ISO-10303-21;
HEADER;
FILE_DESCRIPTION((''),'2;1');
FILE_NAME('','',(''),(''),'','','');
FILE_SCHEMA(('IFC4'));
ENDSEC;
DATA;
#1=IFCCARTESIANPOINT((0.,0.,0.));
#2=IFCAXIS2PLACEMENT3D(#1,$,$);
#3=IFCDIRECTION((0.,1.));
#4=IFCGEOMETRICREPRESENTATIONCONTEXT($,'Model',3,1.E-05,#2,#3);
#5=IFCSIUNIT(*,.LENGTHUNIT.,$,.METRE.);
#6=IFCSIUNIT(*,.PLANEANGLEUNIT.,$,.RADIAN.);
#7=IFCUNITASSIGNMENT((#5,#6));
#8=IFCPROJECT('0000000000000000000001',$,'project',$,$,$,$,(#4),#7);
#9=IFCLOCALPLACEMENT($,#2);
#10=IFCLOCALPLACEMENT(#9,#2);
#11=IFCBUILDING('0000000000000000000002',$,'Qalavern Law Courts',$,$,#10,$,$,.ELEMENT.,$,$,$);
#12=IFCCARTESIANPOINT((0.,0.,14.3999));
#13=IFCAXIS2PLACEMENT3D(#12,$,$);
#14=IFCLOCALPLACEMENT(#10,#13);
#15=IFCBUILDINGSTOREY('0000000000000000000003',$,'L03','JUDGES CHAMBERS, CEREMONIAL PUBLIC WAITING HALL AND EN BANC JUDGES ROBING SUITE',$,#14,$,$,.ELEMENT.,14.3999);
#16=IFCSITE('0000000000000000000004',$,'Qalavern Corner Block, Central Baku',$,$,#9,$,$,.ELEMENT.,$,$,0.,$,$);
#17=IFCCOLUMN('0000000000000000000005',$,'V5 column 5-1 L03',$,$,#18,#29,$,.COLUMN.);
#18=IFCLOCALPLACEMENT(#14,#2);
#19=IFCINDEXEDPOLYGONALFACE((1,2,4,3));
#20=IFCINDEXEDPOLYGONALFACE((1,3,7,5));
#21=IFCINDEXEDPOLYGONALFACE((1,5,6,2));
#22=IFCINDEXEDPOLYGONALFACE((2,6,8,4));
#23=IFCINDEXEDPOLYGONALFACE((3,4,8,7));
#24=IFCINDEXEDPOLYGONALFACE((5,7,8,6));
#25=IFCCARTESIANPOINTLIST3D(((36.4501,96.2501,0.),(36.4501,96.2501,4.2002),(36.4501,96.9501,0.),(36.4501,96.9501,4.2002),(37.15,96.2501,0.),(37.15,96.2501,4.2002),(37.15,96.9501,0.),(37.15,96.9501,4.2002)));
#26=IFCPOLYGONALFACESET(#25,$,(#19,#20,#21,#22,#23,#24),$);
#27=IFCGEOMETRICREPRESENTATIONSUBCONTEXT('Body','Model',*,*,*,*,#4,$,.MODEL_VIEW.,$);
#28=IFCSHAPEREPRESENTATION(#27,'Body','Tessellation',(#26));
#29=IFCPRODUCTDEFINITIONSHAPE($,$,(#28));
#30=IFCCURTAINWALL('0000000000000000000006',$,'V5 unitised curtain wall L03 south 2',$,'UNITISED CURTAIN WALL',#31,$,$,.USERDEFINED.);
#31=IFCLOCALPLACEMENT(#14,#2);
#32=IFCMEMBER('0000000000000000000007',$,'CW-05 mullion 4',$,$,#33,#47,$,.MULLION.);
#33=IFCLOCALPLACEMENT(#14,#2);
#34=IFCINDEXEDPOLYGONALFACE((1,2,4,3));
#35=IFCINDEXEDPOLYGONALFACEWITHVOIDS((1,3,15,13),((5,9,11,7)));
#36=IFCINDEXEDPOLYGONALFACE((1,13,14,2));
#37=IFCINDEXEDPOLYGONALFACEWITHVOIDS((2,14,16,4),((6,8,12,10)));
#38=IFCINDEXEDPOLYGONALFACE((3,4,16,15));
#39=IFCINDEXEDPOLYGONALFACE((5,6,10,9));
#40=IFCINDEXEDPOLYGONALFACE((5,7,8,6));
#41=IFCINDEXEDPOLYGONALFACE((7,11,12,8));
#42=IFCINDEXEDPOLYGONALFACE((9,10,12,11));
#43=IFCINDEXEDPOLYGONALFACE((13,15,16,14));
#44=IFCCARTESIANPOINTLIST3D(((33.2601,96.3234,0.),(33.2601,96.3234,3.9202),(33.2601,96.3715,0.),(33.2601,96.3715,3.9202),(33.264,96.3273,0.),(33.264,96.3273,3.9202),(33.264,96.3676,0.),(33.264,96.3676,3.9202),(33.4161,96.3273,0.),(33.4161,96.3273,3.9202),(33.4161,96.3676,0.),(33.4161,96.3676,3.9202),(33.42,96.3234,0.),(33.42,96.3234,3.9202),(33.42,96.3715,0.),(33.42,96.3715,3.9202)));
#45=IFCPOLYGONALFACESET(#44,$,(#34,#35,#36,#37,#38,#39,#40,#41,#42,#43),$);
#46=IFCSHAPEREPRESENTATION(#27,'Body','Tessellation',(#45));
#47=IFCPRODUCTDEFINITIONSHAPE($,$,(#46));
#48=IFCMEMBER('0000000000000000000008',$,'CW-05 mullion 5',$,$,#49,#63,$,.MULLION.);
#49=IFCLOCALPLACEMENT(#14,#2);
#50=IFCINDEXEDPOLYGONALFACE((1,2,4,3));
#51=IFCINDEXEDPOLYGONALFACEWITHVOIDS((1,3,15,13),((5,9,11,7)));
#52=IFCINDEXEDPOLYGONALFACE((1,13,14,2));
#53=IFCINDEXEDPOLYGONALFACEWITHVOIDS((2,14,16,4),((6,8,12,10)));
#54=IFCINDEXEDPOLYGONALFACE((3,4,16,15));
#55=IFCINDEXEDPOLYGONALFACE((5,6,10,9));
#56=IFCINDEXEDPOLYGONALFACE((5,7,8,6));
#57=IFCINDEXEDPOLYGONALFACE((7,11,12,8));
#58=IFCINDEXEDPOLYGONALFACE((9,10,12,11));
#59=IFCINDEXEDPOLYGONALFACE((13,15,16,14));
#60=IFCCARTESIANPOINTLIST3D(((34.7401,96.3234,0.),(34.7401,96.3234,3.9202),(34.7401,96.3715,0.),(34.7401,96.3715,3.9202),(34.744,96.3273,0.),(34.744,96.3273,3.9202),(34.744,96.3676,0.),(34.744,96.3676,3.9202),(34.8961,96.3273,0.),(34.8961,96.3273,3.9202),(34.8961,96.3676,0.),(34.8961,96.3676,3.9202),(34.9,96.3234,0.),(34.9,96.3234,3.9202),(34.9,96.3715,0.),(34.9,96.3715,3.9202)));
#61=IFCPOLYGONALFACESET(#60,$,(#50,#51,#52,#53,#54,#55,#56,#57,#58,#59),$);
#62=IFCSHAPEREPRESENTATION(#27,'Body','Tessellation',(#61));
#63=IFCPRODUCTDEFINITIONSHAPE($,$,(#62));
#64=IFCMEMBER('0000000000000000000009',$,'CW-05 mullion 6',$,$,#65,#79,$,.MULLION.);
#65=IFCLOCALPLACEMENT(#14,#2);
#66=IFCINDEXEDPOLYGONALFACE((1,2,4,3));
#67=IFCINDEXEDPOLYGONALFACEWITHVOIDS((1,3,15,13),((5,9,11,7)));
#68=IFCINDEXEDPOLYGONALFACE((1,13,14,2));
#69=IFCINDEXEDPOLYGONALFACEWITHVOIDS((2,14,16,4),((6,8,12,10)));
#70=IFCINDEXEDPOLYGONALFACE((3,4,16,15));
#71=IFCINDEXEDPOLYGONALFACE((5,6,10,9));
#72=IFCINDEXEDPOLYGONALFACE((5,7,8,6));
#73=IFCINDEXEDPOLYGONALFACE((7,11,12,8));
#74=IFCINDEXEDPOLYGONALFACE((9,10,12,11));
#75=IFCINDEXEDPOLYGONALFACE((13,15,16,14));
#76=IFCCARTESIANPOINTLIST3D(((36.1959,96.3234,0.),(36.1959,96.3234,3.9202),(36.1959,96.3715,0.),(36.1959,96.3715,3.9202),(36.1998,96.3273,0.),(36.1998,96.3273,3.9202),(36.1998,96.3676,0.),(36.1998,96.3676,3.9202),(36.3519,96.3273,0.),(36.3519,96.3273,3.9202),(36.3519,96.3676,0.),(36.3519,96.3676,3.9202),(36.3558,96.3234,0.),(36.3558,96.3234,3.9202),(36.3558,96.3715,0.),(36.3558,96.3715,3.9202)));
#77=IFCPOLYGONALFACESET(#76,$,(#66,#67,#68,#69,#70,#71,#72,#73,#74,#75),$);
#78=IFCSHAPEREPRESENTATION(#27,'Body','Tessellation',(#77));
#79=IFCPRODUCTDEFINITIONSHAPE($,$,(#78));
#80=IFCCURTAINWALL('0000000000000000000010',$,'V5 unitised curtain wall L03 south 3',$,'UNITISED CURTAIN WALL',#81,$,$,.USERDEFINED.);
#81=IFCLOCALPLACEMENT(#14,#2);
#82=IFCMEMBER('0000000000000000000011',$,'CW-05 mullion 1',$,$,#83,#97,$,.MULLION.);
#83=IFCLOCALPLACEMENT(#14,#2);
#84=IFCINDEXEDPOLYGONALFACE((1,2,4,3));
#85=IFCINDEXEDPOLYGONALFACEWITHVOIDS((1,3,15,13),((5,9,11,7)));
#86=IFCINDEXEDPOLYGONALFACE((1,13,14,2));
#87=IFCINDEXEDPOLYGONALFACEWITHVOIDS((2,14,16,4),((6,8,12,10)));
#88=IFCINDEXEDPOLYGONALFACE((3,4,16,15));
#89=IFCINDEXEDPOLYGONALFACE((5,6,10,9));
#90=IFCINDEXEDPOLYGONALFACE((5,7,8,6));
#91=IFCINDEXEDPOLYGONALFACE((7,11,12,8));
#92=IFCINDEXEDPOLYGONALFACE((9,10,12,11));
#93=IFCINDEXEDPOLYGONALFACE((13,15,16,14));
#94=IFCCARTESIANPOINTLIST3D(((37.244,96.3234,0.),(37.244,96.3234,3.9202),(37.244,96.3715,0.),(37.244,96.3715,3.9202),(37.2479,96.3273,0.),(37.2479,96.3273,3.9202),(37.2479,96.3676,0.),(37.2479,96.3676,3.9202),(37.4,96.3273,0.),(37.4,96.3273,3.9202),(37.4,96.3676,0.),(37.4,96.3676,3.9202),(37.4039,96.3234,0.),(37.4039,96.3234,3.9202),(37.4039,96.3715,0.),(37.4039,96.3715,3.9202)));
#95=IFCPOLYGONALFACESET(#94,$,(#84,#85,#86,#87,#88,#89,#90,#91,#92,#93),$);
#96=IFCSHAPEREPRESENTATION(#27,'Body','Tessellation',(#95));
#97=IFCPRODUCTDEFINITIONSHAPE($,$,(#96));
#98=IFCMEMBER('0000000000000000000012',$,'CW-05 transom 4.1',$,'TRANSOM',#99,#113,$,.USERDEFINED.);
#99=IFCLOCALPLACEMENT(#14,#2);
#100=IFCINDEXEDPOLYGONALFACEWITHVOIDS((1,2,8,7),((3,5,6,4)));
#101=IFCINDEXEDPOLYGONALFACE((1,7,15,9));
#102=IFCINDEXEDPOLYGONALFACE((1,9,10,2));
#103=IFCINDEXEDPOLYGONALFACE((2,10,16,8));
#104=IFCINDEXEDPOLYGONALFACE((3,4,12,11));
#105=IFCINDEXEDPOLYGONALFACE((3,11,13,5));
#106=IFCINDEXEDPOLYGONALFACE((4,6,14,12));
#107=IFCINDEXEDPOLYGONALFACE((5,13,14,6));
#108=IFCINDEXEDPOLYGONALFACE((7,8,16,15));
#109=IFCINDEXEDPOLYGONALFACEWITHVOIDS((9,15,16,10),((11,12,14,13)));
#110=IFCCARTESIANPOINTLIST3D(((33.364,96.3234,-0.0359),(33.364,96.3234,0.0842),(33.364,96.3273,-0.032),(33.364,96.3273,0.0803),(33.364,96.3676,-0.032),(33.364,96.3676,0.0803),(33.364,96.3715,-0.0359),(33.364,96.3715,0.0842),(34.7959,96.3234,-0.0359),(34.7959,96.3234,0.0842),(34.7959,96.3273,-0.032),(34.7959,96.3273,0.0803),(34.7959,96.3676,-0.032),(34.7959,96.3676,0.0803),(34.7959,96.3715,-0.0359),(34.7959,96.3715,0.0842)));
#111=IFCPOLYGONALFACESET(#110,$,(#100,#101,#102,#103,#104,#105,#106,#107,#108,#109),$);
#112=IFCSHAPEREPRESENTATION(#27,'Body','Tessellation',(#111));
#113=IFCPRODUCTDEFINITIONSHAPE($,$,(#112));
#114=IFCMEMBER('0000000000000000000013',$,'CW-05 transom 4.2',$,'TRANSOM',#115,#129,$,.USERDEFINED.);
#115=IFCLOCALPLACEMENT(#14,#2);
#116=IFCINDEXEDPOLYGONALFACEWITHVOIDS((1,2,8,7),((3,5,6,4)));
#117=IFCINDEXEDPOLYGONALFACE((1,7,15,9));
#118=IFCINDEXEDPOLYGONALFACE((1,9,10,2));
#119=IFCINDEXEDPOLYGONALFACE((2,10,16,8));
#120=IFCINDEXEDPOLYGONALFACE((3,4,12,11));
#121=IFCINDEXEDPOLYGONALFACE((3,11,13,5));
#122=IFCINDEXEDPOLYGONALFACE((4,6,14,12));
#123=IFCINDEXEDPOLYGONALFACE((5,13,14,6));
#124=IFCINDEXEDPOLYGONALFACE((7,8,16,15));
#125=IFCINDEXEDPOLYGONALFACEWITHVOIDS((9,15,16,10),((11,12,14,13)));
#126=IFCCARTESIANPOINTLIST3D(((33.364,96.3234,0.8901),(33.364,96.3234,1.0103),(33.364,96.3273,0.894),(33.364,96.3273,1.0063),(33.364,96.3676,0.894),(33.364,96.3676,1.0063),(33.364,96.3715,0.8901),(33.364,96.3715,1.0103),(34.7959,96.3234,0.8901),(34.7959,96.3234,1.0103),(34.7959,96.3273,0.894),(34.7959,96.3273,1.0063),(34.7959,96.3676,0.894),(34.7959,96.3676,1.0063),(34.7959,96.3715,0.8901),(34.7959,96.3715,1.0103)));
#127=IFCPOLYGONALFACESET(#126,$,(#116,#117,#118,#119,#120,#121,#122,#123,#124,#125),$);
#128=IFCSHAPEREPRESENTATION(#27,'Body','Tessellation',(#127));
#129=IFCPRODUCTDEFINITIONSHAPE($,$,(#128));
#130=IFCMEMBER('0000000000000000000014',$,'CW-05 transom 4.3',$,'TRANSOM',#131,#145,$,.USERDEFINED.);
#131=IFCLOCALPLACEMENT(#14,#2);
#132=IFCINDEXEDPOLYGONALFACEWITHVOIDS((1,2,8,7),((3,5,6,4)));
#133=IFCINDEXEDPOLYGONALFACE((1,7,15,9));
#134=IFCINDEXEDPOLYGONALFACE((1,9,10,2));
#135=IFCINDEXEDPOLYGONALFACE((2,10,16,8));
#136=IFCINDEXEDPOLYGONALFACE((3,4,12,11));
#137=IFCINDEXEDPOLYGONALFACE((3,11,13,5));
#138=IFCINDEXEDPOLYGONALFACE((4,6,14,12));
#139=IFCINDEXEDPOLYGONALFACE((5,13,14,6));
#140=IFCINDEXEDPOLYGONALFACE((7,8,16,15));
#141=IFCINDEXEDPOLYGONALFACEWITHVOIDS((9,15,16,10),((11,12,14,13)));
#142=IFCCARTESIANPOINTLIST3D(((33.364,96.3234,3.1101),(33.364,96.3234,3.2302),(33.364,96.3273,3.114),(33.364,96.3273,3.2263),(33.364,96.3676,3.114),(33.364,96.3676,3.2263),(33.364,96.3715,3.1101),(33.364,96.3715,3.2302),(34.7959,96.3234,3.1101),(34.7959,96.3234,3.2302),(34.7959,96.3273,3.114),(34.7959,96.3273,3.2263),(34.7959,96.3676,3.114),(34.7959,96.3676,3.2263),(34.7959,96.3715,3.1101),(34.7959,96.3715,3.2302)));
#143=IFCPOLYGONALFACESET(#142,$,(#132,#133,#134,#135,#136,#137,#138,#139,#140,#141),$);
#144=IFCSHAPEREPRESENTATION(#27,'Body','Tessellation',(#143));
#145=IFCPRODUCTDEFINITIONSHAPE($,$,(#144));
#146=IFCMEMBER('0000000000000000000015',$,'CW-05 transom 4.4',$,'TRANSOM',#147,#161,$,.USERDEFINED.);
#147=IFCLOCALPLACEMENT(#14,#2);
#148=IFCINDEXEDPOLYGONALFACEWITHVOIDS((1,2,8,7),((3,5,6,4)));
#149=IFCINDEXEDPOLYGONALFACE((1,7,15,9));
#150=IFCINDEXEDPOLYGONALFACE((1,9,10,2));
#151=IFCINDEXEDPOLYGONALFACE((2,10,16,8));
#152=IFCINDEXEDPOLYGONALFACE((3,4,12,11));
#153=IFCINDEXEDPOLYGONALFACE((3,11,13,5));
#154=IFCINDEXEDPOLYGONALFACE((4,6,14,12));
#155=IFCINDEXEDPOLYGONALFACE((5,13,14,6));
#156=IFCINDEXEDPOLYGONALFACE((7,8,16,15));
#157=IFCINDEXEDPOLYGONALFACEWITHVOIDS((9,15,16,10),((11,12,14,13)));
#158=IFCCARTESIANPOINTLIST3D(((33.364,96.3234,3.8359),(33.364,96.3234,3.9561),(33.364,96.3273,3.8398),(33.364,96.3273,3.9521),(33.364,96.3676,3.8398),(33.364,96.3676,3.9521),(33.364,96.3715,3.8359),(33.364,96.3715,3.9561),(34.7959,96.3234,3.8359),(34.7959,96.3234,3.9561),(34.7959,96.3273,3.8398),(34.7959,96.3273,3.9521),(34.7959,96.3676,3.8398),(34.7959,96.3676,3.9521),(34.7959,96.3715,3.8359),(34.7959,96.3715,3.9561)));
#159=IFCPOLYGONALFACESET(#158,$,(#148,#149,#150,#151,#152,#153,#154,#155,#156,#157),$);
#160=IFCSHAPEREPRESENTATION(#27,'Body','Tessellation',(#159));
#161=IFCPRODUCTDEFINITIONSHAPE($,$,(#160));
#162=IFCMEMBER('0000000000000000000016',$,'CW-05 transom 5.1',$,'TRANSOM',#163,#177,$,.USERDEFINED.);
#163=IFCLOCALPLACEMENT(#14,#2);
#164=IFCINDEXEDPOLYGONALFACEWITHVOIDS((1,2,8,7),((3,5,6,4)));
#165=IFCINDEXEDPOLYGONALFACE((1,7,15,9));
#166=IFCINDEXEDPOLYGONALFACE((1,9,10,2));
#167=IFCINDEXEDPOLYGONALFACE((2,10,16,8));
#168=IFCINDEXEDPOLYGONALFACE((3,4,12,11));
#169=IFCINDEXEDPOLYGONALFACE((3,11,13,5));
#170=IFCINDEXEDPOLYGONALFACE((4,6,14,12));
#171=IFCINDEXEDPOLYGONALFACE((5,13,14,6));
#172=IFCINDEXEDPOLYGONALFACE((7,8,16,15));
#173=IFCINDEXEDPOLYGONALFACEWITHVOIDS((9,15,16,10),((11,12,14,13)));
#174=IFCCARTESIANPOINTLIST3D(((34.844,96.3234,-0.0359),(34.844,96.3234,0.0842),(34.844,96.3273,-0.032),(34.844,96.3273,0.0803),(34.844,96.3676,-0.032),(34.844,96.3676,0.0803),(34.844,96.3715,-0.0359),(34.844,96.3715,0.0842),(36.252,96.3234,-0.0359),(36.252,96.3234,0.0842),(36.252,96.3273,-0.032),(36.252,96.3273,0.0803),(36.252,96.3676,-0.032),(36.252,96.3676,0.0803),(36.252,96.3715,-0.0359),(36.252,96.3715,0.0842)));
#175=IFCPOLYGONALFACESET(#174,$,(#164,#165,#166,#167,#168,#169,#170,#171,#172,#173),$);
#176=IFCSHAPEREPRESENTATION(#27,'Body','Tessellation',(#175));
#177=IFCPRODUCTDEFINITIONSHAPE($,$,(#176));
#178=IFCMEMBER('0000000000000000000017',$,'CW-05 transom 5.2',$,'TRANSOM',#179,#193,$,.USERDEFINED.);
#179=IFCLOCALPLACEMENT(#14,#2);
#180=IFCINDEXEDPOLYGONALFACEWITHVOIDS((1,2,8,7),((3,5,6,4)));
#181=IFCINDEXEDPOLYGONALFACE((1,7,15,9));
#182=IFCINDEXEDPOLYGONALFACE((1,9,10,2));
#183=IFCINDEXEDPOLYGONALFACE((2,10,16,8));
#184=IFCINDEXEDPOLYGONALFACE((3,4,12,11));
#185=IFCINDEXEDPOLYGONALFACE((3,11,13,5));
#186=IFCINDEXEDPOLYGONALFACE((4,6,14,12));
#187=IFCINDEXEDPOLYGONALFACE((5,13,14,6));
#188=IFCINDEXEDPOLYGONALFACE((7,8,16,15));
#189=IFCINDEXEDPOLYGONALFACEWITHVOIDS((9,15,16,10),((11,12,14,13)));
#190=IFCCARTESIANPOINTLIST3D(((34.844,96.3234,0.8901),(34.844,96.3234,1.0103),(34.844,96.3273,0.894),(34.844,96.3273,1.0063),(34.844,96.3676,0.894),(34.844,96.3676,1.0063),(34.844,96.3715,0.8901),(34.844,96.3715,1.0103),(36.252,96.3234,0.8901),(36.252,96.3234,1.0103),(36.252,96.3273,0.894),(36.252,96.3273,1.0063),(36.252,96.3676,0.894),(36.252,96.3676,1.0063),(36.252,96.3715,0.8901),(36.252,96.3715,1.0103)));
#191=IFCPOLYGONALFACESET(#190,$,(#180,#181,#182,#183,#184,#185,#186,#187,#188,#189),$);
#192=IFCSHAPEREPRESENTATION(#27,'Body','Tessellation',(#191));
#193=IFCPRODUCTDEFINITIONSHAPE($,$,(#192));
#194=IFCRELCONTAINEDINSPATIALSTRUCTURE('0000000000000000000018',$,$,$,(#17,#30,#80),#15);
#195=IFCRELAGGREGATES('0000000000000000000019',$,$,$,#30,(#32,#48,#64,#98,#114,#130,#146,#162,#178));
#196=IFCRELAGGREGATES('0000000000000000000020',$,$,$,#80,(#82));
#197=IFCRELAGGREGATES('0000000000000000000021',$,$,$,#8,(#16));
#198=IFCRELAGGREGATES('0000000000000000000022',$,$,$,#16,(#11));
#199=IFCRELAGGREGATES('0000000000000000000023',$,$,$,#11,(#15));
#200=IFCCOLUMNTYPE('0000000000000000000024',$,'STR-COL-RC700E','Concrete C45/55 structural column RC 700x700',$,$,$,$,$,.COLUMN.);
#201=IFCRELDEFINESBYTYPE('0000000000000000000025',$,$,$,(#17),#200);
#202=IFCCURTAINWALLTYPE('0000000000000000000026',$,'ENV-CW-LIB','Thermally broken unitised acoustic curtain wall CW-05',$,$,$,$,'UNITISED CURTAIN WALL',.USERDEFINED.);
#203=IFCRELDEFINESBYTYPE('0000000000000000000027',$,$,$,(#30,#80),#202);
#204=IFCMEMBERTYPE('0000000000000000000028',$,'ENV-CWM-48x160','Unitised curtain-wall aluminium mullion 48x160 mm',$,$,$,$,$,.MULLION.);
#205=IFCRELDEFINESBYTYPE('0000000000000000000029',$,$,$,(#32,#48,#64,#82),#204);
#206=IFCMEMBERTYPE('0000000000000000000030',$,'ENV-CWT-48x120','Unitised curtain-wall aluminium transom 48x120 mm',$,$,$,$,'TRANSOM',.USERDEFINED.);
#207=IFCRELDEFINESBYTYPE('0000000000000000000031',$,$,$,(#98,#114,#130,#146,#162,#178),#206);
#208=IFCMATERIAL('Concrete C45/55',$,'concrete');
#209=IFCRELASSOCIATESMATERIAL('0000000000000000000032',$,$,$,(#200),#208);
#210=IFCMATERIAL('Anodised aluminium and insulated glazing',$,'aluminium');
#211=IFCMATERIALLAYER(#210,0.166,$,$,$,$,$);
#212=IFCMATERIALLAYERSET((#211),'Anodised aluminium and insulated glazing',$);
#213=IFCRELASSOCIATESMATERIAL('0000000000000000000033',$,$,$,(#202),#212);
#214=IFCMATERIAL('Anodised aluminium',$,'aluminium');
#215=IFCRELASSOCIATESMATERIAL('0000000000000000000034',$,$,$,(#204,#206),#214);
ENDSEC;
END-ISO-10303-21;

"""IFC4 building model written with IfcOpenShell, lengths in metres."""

from ifc_helpers import new_model, si_unit, direction, frame, origin, origin_2d, place, context, subcontext, project, spatial, rectangle, hollow_rectangle, extrude, material, layer, layer_set, material_profile, profile_set, type_object, element, aggregate, save


model = new_model("IFC4")

# Units and contexts
model_context = context("Model", 3, precision=1e-05, world=origin(), true_north=direction((0.0, 1.0)))
body_context = subcontext(model_context, "Body", "Model", "MODEL_VIEW")
ifc_project = project(units=[si_unit("LENGTHUNIT", "METRE"), si_unit("PLANEANGLEUNIT", "RADIAN")], contexts=[model_context])

# Site, building, storey
site_placement = place(None, origin())
site = spatial("IfcSite", under=ifc_project, at=site_placement, Name="Qalavern Corner Block, Central Baku", CompositionType="ELEMENT", RefElevation=0.0)
building_placement = place(site_placement, origin())
building = spatial("IfcBuilding", under=site, at=building_placement, Name="Qalavern Law Courts", CompositionType="ELEMENT")
storey_placement = place(building_placement, frame((0.0, 0.0, 14.3999)))
storey = spatial("IfcBuildingStorey", under=building, at=storey_placement, Name="L03", Description="JUDGES CHAMBERS, CEREMONIAL PUBLIC WAITING HALL AND EN BANC JUDGES ROBING SUITE", CompositionType="ELEMENT", Elevation=14.3999)

# Column
ifc_material_1 = material(Name="Concrete C45/55", Category="concrete")
ifc_material_profile_1 = material_profile(ifc_material_1, rectangle(XDim=0.7, YDim=0.7, at=origin_2d()), Name="RC 700x700")
ifc_profile_set_1 = profile_set([ifc_material_profile_1], Name="Concrete C45/55")
column_type = type_object("IfcColumnType", Name="STR-COL-RC700E", Description="Concrete C45/55 structural column RC 700x700", PredefinedType="COLUMN", material=ifc_profile_set_1)
column_placement = place(storey_placement, frame((36.8, 96.6001, 0.0), z_axis=(0.0, 0.0, 1.0), x_axis=(1.0, 0.0, 0.0)))
element("IfcColumn", 1, at=column_placement, inside=storey, type_object=column_type, Name="V5 column 5-1 L03", PredefinedType="COLUMN", context=body_context, shape_type="SweptSolid", body=[
    extrude(rectangle(XDim=0.7, YDim=0.7, at=origin_2d()), origin(), (0.0, 0.0, 1.0), 4.2002),
])

# Curtain wall, members
ifc_material_2 = material(Name="Anodised aluminium and insulated glazing", Category="aluminium")
ifc_layer_1 = layer(ifc_material_2, 0.166)
ifc_layer_set_1 = layer_set([ifc_layer_1], Name="Anodised aluminium and insulated glazing")
curtain_wall_type = type_object("IfcCurtainWallType", Name="ENV-CW-LIB", Description="Thermally broken unitised acoustic curtain wall CW-05", ElementType="UNITISED CURTAIN WALL", PredefinedType="USERDEFINED", material=ifc_layer_set_1)
curtain_wall_1_placement = place(storey_placement, origin())
curtain_wall_1 = element("IfcCurtainWall", 2, at=curtain_wall_1_placement, inside=storey, type_object=curtain_wall_type, Name="V5 unitised curtain wall L03 south 2", ObjectType="UNITISED CURTAIN WALL", PredefinedType="USERDEFINED")
ifc_material_3 = material(Name="Anodised aluminium", Category="aluminium")
ifc_material_profile_2 = material_profile(ifc_material_3, hollow_rectangle(XDim=0.0481, YDim=0.1599, WallThickness=0.0039, at=origin_2d()), Name="ALU MULLION 48x160")
ifc_profile_set_2 = profile_set([ifc_material_profile_2], Name="Anodised aluminium")
member_type_1 = type_object("IfcMemberType", Name="ENV-CWM-48x160", Description="Unitised curtain-wall aluminium mullion 48x160 mm", PredefinedType="MULLION", material=ifc_profile_set_2)
member_1_placement = place(storey_placement, frame((33.3401, 96.3474, 0.0), z_axis=(0.0, 0.0, 1.0), x_axis=(0.0, 1.0, 0.0)))
member_1 = element("IfcMember", 3, at=member_1_placement, type_object=member_type_1, Name="CW-05 mullion 4", PredefinedType="MULLION", context=body_context, shape_type="SweptSolid", body=[
    extrude(hollow_rectangle(XDim=0.0481, YDim=0.1599, WallThickness=0.0039, at=origin_2d()), origin(), (0.0, 0.0, 1.0), 3.9202),
])
member_2_placement = place(storey_placement, frame((34.8201, 96.3474, 0.0), z_axis=(0.0, 0.0, 1.0), x_axis=(0.0, 1.0, 0.0)))
member_2 = element("IfcMember", 4, at=member_2_placement, type_object=member_type_1, Name="CW-05 mullion 5", PredefinedType="MULLION", context=body_context, shape_type="SweptSolid", body=[
    extrude(hollow_rectangle(XDim=0.0481, YDim=0.1599, WallThickness=0.0039, at=origin_2d()), origin(), (0.0, 0.0, 1.0), 3.9202),
])
member_3_placement = place(storey_placement, frame((36.2759, 96.3474, 0.0), z_axis=(0.0, 0.0, 1.0), x_axis=(0.0, 1.0, 0.0)))
member_3 = element("IfcMember", 5, at=member_3_placement, type_object=member_type_1, Name="CW-05 mullion 6", PredefinedType="MULLION", context=body_context, shape_type="SweptSolid", body=[
    extrude(hollow_rectangle(XDim=0.0481, YDim=0.1599, WallThickness=0.0039, at=origin_2d()), origin(), (0.0, 0.0, 1.0), 3.9202),
])

# Curtain wall, member
curtain_wall_2_placement = place(storey_placement, origin())
curtain_wall_2 = element("IfcCurtainWall", 6, at=curtain_wall_2_placement, inside=storey, type_object=curtain_wall_type, Name="V5 unitised curtain wall L03 south 3", ObjectType="UNITISED CURTAIN WALL", PredefinedType="USERDEFINED")
member_4_placement = place(storey_placement, frame((37.324, 96.3474, 0.0), z_axis=(0.0, 0.0, 1.0), x_axis=(0.0, 1.0, 0.0)))
member_4 = element("IfcMember", 7, at=member_4_placement, type_object=member_type_1, Name="CW-05 mullion 1", PredefinedType="MULLION", context=body_context, shape_type="SweptSolid", body=[
    extrude(hollow_rectangle(XDim=0.0481, YDim=0.1599, WallThickness=0.0039, at=origin_2d()), origin(), (0.0, 0.0, 1.0), 3.9202),
])

# Members
ifc_material_profile_3 = material_profile(ifc_material_3, hollow_rectangle(XDim=0.0481, YDim=0.1201, WallThickness=0.0039, at=origin_2d()), Name="ALU TRANSOM 48x120")
ifc_profile_set_3 = profile_set([ifc_material_profile_3], Name="Anodised aluminium")
member_type_2 = type_object("IfcMemberType", Name="ENV-CWT-48x120", Description="Unitised curtain-wall aluminium transom 48x120 mm", ElementType="TRANSOM", PredefinedType="USERDEFINED", material=ifc_profile_set_3)
member_5_placement = place(storey_placement, frame((33.364, 96.3474, 0.0242), z_axis=(1.0, 0.0, 0.0), x_axis=(0.0, 1.0, 0.0)))
member_5 = element("IfcMember", 8, at=member_5_placement, type_object=member_type_2, Name="CW-05 transom 4.1", ObjectType="TRANSOM", PredefinedType="USERDEFINED", context=body_context, shape_type="SweptSolid", body=[
    extrude(hollow_rectangle(XDim=0.0481, YDim=0.1201, WallThickness=0.0039, at=origin_2d()), origin(), (0.0, 0.0, 1.0), 1.4319),
])
member_6_placement = place(storey_placement, frame((33.364, 96.3474, 0.9502), z_axis=(1.0, 0.0, 0.0), x_axis=(0.0, 1.0, 0.0)))
member_6 = element("IfcMember", 9, at=member_6_placement, type_object=member_type_2, Name="CW-05 transom 4.2", ObjectType="TRANSOM", PredefinedType="USERDEFINED", context=body_context, shape_type="SweptSolid", body=[
    extrude(hollow_rectangle(XDim=0.0481, YDim=0.1201, WallThickness=0.0039, at=origin_2d()), origin(), (0.0, 0.0, 1.0), 1.4319),
])
member_7_placement = place(storey_placement, frame((33.364, 96.3474, 3.1702), z_axis=(1.0, 0.0, 0.0), x_axis=(0.0, 1.0, 0.0)))
member_7 = element("IfcMember", 10, at=member_7_placement, type_object=member_type_2, Name="CW-05 transom 4.3", ObjectType="TRANSOM", PredefinedType="USERDEFINED", context=body_context, shape_type="SweptSolid", body=[
    extrude(hollow_rectangle(XDim=0.0481, YDim=0.1201, WallThickness=0.0039, at=origin_2d()), origin(), (0.0, 0.0, 1.0), 1.4319),
])
member_8_placement = place(storey_placement, frame((33.364, 96.3474, 3.896), z_axis=(1.0, 0.0, 0.0), x_axis=(0.0, 1.0, 0.0)))
member_8 = element("IfcMember", 11, at=member_8_placement, type_object=member_type_2, Name="CW-05 transom 4.4", ObjectType="TRANSOM", PredefinedType="USERDEFINED", context=body_context, shape_type="SweptSolid", body=[
    extrude(hollow_rectangle(XDim=0.0481, YDim=0.1201, WallThickness=0.0039, at=origin_2d()), origin(), (0.0, 0.0, 1.0), 1.4319),
])
member_9_placement = place(storey_placement, frame((34.844, 96.3474, 0.0242), z_axis=(1.0, 0.0, 0.0), x_axis=(0.0, 1.0, 0.0)))
member_9 = element("IfcMember", 12, at=member_9_placement, type_object=member_type_2, Name="CW-05 transom 5.1", ObjectType="TRANSOM", PredefinedType="USERDEFINED", context=body_context, shape_type="SweptSolid", body=[
    extrude(hollow_rectangle(XDim=0.0481, YDim=0.1201, WallThickness=0.0039, at=origin_2d()), origin(), (0.0, 0.0, 1.0), 1.408),
])
member_10_placement = place(storey_placement, frame((34.844, 96.3474, 0.9502), z_axis=(1.0, 0.0, 0.0), x_axis=(0.0, 1.0, 0.0)))
member_10 = element("IfcMember", 13, at=member_10_placement, type_object=member_type_2, Name="CW-05 transom 5.2", ObjectType="TRANSOM", PredefinedType="USERDEFINED", context=body_context, shape_type="SweptSolid", body=[
    extrude(hollow_rectangle(XDim=0.0481, YDim=0.1201, WallThickness=0.0039, at=origin_2d()), origin(), (0.0, 0.0, 1.0), 1.408),
])

aggregate(curtain_wall_1, [member_1, member_2, member_3, member_5, member_6, member_7, member_8, member_9, member_10])
aggregate(curtain_wall_2, [member_4])

save(model, "model.ifc")
